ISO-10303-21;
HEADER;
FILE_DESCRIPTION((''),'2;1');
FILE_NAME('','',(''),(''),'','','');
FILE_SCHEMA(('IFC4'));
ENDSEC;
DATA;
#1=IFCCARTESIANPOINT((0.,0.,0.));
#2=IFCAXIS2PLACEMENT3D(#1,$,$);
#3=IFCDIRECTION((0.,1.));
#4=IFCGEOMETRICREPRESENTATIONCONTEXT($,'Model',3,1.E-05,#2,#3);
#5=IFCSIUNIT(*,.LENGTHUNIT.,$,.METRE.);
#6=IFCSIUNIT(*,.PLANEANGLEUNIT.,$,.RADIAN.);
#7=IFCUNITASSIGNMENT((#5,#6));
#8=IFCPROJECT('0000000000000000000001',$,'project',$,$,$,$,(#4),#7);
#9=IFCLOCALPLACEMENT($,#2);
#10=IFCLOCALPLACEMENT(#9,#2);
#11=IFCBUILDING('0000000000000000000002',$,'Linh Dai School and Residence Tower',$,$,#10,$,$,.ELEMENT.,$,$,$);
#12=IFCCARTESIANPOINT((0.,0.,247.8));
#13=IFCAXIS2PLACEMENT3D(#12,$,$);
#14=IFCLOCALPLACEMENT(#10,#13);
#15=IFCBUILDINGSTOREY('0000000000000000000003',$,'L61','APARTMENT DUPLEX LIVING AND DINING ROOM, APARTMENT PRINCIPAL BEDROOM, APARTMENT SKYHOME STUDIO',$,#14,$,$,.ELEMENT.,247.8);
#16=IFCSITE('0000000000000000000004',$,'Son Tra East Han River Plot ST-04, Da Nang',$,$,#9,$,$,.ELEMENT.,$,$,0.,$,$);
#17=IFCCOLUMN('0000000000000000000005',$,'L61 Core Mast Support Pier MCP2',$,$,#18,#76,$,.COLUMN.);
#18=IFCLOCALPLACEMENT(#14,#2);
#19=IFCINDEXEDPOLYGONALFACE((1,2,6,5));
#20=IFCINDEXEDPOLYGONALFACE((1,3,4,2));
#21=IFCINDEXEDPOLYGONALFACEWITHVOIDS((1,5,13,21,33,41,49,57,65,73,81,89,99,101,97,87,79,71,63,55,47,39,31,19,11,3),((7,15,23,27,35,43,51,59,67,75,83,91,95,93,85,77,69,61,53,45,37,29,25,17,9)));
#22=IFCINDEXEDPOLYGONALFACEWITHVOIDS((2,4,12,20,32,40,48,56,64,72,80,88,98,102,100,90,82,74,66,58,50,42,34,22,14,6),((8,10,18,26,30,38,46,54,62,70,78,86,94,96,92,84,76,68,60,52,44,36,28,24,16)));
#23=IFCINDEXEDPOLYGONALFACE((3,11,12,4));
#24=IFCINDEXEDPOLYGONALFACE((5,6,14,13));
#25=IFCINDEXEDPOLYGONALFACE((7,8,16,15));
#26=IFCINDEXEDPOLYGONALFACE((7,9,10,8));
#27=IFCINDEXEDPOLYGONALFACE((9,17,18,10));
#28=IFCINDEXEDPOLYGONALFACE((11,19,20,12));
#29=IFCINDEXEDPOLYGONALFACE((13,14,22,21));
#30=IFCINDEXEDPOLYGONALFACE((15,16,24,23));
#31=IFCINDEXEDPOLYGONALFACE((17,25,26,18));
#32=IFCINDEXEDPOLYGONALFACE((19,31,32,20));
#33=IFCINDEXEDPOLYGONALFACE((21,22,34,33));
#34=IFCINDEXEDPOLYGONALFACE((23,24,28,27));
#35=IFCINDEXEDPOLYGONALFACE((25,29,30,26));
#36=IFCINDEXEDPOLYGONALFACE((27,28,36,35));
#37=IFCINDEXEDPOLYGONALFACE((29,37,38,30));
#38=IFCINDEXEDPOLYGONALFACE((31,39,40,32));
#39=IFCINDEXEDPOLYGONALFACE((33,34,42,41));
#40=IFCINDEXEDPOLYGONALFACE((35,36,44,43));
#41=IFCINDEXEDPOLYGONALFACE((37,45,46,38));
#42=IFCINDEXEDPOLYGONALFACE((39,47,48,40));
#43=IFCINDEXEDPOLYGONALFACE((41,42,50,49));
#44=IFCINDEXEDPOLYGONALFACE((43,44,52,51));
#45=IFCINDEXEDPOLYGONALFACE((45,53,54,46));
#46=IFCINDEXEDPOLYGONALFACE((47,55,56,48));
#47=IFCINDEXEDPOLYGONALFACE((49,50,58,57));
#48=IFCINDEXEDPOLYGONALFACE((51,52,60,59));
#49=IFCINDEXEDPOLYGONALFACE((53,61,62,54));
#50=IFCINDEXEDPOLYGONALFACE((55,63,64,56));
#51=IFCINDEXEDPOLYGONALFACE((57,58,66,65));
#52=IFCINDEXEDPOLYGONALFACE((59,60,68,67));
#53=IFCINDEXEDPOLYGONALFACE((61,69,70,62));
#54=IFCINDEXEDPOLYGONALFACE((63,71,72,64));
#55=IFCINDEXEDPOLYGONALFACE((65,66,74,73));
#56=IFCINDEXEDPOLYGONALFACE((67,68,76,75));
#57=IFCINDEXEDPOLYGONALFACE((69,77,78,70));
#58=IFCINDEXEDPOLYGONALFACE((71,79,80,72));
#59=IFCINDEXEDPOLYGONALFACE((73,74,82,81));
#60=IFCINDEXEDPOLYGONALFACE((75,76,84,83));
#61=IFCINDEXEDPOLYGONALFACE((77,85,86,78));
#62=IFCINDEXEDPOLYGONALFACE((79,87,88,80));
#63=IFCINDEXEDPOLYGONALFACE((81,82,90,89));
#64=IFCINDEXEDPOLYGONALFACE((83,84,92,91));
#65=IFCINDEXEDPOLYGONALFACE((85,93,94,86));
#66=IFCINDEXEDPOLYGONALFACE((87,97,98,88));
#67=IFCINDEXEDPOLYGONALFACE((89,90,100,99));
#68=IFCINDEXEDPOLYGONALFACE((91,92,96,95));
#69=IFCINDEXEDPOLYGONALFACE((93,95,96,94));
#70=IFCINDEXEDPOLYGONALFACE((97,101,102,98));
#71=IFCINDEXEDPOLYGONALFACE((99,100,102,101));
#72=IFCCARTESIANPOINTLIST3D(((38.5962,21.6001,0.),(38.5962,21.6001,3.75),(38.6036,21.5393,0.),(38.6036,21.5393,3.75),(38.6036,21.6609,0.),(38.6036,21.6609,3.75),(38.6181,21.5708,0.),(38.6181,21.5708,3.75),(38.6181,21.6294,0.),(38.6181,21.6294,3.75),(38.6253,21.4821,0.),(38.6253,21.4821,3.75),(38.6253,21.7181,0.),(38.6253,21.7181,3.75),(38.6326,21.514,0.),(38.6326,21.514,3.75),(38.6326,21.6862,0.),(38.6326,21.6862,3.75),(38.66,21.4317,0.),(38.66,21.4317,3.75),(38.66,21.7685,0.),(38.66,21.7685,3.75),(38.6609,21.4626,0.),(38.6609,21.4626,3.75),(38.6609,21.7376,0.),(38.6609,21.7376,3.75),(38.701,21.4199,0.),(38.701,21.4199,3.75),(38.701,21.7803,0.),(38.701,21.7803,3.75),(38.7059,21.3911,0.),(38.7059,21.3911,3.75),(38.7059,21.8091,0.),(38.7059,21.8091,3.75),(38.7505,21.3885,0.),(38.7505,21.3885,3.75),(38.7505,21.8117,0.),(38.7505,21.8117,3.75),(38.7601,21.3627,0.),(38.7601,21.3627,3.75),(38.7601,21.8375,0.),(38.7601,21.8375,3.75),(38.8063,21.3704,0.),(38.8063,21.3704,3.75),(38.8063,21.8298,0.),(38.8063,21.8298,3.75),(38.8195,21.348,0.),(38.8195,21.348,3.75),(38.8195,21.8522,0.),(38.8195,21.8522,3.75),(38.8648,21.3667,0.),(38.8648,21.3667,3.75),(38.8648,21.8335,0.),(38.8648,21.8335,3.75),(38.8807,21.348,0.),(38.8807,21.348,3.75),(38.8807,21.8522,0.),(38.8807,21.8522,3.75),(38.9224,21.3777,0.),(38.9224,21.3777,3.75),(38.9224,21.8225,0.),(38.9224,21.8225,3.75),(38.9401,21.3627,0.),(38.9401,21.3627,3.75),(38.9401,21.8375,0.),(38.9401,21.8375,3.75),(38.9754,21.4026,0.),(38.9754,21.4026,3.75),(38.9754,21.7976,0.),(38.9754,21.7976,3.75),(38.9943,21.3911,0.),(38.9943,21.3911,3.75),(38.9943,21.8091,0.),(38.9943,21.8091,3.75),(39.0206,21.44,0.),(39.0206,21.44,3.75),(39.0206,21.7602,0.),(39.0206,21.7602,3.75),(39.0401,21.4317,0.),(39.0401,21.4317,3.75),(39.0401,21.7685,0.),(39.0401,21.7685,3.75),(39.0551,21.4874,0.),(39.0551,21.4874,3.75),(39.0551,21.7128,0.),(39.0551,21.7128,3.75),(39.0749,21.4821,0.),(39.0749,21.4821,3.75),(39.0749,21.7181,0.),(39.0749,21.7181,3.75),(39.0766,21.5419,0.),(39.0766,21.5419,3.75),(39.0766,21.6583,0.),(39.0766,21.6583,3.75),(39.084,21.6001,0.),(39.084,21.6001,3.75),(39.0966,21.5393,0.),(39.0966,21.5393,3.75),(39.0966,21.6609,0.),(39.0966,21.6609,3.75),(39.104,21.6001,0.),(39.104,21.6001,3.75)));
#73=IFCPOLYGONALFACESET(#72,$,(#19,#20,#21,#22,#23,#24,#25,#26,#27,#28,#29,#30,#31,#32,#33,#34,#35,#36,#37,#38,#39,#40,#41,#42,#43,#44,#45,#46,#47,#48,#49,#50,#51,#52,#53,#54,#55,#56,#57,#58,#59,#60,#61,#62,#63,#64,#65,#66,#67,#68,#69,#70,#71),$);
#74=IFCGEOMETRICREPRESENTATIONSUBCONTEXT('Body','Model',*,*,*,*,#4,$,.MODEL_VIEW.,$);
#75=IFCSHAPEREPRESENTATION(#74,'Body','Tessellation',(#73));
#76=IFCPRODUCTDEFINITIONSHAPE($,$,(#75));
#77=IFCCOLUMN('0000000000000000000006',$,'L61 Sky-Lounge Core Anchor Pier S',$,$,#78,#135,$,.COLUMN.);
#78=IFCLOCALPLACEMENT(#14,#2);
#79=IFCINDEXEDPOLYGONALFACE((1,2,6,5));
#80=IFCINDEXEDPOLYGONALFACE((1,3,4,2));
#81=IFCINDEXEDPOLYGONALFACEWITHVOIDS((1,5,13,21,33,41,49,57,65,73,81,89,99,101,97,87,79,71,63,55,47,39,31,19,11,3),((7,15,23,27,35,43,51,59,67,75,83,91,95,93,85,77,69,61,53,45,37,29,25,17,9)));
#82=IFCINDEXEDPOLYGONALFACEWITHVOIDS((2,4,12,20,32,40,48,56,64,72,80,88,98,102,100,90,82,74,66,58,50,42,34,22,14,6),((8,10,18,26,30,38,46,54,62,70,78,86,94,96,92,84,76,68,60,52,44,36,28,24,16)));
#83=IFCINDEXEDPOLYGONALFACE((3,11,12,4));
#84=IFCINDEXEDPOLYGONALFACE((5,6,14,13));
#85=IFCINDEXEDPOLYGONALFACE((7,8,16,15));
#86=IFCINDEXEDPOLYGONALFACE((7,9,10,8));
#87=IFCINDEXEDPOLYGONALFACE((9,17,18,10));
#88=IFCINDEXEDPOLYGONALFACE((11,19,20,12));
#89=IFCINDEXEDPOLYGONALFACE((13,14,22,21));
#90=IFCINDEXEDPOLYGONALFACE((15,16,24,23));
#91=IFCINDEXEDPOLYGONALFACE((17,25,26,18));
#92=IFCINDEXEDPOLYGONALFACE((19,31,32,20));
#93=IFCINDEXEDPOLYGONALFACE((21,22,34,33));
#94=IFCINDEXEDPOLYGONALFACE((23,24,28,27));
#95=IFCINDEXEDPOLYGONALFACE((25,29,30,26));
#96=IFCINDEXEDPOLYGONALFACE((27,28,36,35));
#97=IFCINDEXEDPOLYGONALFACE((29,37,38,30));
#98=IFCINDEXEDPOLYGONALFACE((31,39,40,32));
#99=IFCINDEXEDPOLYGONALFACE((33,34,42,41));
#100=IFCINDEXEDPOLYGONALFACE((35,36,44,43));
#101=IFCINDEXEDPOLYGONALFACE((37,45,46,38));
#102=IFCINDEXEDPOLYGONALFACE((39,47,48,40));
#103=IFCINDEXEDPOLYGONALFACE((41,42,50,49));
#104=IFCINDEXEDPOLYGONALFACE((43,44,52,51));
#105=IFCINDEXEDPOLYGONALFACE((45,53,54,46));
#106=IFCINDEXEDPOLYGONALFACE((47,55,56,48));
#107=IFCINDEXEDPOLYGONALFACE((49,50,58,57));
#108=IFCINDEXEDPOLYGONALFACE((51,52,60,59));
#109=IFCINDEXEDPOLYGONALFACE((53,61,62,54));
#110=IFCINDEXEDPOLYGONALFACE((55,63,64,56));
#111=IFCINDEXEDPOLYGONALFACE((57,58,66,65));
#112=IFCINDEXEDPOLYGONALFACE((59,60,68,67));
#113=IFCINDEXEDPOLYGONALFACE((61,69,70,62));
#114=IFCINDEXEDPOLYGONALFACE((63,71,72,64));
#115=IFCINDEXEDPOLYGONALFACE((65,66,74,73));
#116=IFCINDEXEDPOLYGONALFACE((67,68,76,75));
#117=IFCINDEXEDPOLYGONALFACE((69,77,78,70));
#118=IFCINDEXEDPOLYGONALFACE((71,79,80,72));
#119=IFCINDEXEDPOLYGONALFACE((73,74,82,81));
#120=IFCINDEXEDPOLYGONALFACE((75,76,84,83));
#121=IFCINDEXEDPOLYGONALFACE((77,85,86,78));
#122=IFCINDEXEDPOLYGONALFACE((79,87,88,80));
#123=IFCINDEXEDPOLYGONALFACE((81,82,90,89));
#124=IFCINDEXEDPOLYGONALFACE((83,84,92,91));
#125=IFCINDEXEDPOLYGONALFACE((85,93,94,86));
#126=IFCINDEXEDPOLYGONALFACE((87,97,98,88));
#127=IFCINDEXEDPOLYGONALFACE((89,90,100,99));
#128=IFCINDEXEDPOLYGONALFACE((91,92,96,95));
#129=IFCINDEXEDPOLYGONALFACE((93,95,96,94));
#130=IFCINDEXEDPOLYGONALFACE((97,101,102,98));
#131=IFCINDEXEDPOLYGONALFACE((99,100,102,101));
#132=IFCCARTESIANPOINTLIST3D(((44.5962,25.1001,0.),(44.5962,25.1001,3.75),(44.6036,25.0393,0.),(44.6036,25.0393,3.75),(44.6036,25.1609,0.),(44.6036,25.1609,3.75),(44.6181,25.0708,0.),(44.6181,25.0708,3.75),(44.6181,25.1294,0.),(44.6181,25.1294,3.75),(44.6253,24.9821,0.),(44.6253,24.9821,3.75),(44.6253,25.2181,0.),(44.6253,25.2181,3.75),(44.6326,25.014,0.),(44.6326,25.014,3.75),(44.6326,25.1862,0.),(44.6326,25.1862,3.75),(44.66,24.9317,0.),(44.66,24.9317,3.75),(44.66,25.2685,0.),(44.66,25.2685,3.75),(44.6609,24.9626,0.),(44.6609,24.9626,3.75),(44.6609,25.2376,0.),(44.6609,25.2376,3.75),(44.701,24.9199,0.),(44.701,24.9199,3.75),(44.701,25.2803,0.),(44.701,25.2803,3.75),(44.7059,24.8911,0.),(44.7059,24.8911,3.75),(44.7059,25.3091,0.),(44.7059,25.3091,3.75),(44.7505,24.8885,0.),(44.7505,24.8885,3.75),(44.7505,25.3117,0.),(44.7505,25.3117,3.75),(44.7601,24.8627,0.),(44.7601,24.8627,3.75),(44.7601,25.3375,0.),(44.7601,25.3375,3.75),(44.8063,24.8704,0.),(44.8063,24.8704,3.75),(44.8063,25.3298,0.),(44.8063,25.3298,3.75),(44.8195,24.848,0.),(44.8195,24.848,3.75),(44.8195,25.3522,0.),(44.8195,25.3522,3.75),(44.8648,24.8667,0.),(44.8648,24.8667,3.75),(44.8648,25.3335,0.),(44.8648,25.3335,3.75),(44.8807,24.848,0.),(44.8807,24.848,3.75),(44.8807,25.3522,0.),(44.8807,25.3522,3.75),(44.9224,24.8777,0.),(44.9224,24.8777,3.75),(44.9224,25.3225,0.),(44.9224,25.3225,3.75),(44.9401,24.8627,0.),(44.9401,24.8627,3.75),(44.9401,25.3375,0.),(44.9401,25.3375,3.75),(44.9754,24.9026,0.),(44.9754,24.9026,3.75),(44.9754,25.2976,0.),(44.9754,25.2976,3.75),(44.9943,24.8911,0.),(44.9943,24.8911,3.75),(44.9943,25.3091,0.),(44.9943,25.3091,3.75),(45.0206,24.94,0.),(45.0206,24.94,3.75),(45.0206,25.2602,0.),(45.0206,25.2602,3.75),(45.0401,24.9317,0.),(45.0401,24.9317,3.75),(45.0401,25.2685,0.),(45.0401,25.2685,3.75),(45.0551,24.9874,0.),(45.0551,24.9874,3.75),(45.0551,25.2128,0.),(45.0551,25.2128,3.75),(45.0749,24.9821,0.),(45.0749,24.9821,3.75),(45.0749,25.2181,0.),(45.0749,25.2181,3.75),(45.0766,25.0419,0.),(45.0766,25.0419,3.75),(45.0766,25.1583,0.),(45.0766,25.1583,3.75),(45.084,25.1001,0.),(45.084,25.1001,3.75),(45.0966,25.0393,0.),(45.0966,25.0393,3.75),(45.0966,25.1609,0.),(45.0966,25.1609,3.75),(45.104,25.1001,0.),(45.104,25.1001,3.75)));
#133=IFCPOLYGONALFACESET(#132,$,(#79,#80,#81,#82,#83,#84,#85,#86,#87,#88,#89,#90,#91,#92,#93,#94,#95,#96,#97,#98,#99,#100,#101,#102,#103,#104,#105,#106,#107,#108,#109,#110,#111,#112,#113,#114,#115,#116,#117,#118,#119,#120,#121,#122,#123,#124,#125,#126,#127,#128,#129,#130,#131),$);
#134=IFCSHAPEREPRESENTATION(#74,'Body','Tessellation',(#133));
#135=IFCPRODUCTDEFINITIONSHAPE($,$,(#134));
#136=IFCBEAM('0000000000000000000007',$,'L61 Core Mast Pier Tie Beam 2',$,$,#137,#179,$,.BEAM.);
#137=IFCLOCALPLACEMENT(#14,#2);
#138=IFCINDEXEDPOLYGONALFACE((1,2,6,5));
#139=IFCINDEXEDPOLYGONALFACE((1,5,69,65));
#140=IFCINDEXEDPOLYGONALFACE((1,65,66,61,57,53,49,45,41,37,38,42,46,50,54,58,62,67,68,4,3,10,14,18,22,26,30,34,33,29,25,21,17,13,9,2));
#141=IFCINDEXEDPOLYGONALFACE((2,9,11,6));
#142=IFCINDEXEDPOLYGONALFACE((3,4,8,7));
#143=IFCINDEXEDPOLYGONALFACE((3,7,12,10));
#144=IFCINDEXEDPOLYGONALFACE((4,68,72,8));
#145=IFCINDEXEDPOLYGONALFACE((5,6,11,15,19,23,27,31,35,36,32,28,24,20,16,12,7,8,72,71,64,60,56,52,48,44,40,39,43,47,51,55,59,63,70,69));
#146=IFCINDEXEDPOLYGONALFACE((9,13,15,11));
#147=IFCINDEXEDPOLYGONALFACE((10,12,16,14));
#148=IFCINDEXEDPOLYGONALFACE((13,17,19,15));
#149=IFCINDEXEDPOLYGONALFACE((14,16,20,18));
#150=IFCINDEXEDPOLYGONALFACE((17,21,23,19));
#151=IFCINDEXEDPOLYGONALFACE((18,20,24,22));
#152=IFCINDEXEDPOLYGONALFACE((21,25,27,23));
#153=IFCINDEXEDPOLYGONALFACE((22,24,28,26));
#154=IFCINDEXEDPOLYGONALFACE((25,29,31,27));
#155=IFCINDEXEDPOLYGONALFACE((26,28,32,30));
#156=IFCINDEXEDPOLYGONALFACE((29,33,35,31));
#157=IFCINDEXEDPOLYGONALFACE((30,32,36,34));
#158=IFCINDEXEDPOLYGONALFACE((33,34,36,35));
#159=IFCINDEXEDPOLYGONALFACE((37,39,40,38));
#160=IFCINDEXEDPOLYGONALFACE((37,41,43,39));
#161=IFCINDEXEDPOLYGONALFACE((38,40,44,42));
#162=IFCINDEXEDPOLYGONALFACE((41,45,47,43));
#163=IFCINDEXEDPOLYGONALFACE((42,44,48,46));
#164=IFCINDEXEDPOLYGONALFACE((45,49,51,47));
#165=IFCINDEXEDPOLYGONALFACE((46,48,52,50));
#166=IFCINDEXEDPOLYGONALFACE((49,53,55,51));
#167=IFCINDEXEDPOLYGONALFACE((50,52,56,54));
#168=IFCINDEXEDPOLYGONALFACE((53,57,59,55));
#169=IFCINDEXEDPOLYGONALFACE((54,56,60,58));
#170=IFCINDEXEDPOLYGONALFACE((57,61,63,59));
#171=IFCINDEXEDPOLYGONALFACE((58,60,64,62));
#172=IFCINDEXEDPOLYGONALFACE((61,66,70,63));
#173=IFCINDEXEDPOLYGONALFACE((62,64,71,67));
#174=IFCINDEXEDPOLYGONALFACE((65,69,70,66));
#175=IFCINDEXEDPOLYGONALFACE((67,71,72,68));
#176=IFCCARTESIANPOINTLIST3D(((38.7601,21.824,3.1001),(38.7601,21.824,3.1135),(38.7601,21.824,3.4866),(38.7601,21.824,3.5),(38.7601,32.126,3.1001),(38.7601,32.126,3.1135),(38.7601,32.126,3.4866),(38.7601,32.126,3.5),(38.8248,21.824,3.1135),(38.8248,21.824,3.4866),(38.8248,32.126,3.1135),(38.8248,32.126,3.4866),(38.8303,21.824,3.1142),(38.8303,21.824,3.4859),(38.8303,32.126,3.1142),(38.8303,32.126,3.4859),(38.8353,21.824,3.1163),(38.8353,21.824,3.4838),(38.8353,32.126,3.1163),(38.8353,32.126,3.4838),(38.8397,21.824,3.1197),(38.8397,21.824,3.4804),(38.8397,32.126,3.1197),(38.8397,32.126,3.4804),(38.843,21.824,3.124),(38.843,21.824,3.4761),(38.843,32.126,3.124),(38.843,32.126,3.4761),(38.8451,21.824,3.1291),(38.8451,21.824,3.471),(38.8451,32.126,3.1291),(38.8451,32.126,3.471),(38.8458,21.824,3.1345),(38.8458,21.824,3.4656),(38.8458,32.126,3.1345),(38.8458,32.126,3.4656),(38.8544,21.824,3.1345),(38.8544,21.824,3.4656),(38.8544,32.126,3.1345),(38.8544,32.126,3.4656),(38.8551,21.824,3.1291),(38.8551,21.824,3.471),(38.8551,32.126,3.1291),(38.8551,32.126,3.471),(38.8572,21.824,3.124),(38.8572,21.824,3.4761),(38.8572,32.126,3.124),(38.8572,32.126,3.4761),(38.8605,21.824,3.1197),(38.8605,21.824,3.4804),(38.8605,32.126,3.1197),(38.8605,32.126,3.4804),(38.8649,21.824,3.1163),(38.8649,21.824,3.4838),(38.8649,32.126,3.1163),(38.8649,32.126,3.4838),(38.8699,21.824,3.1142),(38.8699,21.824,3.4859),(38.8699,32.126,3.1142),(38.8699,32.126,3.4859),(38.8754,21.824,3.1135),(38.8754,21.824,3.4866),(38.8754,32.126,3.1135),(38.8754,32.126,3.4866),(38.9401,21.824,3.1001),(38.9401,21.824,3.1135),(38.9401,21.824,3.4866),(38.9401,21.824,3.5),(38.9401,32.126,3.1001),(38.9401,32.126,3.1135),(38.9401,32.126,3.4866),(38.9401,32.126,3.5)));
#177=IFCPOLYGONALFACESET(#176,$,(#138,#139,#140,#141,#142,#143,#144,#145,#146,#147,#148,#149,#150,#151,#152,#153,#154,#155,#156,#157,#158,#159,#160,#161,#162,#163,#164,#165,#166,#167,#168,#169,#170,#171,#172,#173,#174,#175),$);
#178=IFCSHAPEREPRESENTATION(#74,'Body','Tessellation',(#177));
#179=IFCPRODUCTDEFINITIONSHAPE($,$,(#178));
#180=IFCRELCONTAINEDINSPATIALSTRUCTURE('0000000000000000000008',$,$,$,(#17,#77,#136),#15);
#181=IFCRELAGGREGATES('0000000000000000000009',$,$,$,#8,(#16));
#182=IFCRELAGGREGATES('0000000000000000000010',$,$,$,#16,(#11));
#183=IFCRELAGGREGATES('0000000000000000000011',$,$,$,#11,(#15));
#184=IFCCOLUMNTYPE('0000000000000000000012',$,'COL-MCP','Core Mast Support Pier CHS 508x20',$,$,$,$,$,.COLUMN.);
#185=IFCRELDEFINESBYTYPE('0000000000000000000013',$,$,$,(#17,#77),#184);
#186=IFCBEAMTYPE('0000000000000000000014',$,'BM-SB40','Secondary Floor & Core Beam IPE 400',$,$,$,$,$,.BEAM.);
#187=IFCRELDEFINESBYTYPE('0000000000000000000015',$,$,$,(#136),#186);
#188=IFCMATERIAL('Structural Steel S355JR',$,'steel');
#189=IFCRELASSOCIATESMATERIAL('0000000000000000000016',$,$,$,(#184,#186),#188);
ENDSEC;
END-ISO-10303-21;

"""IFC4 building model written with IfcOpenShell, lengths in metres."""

from ifc_helpers import new_model, si_unit, direction, frame, origin, origin_2d, place, context, subcontext, project, spatial, hollow_circle, i_section, extrude, material, material_profile, profile_set, type_object, element, save


model = new_model("IFC4")

# Units and contexts
model_context = context("Model", 3, precision=1e-05, world=origin(), true_north=direction((0.0, 1.0)))
body_context = subcontext(model_context, "Body", "Model", "MODEL_VIEW")
ifc_project = project(units=[si_unit("LENGTHUNIT", "METRE"), si_unit("PLANEANGLEUNIT", "RADIAN")], contexts=[model_context])

# Site, building, storey
site_placement = place(None, origin())
site = spatial("IfcSite", under=ifc_project, at=site_placement, Name="Son Tra East Han River Plot ST-04, Da Nang", CompositionType="ELEMENT", RefElevation=0.0)
building_placement = place(site_placement, origin())
building = spatial("IfcBuilding", under=site, at=building_placement, Name="Linh Dai School and Residence Tower", CompositionType="ELEMENT")
storey_placement = place(building_placement, frame((0.0, 0.0, 247.8)))
storey = spatial("IfcBuildingStorey", under=building, at=storey_placement, Name="L61", Description="APARTMENT DUPLEX LIVING AND DINING ROOM, APARTMENT PRINCIPAL BEDROOM, APARTMENT SKYHOME STUDIO", CompositionType="ELEMENT", Elevation=247.8)

# Columns
ifc_material_1 = material(Name="Structural Steel S355JR", Category="steel")
ifc_material_profile_1 = material_profile(ifc_material_1, hollow_circle(Radius=0.2539, WallThickness=0.02, at=origin_2d()), Name="CHS 508x20")
ifc_profile_set_1 = profile_set([ifc_material_profile_1], Name="Structural Steel S355JR")
column_type_1 = type_object("IfcColumnType", Name="COL-MCP", Description="Core Mast Support Pier CHS 508x20", PredefinedType="COLUMN", material=ifc_profile_set_1)
for number, where, z_axis, x_axis, name in (
    (1, (38.8501, 21.6001, 0.0), (0.0, 0.0, 1.0), (1.0, 0.0, 0.0), "L61 Core Mast Support Pier MCP2"),
    (2, (44.8501, 25.1001, 0.0), (0.0, 0.0, 1.0), (1.0, 0.0, 0.0), "L61 Sky-Lounge Core Anchor Pier S"),
):
    element("IfcColumn", number, at=place(storey_placement, frame(where, z_axis=z_axis, x_axis=x_axis)), inside=storey, type_object=column_type_1, Name=name, PredefinedType="COLUMN", context=body_context, shape_type="SweptSolid", body=[
        extrude(hollow_circle(Radius=0.2539, WallThickness=0.02, at=origin_2d()), origin(), (0.0, 0.0, 1.0), 3.75),
    ])

# Beam
ifc_material_profile_2 = material_profile(ifc_material_1, i_section(OverallWidth=0.1799, OverallDepth=0.3999, WebThickness=0.0085, FlangeThickness=0.0134, FilletRadius=0.021, at=origin_2d()), Name="IPE 400")
ifc_profile_set_2 = profile_set([ifc_material_profile_2], Name="Structural Steel S355JR")
beam_type = type_object("IfcBeamType", Name="BM-SB40", Description="Secondary Floor & Core Beam IPE 400", PredefinedType="BEAM", material=ifc_profile_set_2)
beam_placement = place(storey_placement, frame((38.8501, 21.824, 3.3), z_axis=(0.0, 1.0, 0.0), x_axis=(-1.0, 0.0, 0.0)))
element("IfcBeam", 3, at=beam_placement, inside=storey, type_object=beam_type, Name="L61 Core Mast Pier Tie Beam 2", PredefinedType="BEAM", context=body_context, shape_type="SweptSolid", body=[
    extrude(i_section(OverallWidth=0.1799, OverallDepth=0.3999, WebThickness=0.0085, FlangeThickness=0.0134, FilletRadius=0.021, at=origin_2d()), origin(), (0.0, 0.0, 1.0), 10.302),
])

save(model, "model.ifc")
